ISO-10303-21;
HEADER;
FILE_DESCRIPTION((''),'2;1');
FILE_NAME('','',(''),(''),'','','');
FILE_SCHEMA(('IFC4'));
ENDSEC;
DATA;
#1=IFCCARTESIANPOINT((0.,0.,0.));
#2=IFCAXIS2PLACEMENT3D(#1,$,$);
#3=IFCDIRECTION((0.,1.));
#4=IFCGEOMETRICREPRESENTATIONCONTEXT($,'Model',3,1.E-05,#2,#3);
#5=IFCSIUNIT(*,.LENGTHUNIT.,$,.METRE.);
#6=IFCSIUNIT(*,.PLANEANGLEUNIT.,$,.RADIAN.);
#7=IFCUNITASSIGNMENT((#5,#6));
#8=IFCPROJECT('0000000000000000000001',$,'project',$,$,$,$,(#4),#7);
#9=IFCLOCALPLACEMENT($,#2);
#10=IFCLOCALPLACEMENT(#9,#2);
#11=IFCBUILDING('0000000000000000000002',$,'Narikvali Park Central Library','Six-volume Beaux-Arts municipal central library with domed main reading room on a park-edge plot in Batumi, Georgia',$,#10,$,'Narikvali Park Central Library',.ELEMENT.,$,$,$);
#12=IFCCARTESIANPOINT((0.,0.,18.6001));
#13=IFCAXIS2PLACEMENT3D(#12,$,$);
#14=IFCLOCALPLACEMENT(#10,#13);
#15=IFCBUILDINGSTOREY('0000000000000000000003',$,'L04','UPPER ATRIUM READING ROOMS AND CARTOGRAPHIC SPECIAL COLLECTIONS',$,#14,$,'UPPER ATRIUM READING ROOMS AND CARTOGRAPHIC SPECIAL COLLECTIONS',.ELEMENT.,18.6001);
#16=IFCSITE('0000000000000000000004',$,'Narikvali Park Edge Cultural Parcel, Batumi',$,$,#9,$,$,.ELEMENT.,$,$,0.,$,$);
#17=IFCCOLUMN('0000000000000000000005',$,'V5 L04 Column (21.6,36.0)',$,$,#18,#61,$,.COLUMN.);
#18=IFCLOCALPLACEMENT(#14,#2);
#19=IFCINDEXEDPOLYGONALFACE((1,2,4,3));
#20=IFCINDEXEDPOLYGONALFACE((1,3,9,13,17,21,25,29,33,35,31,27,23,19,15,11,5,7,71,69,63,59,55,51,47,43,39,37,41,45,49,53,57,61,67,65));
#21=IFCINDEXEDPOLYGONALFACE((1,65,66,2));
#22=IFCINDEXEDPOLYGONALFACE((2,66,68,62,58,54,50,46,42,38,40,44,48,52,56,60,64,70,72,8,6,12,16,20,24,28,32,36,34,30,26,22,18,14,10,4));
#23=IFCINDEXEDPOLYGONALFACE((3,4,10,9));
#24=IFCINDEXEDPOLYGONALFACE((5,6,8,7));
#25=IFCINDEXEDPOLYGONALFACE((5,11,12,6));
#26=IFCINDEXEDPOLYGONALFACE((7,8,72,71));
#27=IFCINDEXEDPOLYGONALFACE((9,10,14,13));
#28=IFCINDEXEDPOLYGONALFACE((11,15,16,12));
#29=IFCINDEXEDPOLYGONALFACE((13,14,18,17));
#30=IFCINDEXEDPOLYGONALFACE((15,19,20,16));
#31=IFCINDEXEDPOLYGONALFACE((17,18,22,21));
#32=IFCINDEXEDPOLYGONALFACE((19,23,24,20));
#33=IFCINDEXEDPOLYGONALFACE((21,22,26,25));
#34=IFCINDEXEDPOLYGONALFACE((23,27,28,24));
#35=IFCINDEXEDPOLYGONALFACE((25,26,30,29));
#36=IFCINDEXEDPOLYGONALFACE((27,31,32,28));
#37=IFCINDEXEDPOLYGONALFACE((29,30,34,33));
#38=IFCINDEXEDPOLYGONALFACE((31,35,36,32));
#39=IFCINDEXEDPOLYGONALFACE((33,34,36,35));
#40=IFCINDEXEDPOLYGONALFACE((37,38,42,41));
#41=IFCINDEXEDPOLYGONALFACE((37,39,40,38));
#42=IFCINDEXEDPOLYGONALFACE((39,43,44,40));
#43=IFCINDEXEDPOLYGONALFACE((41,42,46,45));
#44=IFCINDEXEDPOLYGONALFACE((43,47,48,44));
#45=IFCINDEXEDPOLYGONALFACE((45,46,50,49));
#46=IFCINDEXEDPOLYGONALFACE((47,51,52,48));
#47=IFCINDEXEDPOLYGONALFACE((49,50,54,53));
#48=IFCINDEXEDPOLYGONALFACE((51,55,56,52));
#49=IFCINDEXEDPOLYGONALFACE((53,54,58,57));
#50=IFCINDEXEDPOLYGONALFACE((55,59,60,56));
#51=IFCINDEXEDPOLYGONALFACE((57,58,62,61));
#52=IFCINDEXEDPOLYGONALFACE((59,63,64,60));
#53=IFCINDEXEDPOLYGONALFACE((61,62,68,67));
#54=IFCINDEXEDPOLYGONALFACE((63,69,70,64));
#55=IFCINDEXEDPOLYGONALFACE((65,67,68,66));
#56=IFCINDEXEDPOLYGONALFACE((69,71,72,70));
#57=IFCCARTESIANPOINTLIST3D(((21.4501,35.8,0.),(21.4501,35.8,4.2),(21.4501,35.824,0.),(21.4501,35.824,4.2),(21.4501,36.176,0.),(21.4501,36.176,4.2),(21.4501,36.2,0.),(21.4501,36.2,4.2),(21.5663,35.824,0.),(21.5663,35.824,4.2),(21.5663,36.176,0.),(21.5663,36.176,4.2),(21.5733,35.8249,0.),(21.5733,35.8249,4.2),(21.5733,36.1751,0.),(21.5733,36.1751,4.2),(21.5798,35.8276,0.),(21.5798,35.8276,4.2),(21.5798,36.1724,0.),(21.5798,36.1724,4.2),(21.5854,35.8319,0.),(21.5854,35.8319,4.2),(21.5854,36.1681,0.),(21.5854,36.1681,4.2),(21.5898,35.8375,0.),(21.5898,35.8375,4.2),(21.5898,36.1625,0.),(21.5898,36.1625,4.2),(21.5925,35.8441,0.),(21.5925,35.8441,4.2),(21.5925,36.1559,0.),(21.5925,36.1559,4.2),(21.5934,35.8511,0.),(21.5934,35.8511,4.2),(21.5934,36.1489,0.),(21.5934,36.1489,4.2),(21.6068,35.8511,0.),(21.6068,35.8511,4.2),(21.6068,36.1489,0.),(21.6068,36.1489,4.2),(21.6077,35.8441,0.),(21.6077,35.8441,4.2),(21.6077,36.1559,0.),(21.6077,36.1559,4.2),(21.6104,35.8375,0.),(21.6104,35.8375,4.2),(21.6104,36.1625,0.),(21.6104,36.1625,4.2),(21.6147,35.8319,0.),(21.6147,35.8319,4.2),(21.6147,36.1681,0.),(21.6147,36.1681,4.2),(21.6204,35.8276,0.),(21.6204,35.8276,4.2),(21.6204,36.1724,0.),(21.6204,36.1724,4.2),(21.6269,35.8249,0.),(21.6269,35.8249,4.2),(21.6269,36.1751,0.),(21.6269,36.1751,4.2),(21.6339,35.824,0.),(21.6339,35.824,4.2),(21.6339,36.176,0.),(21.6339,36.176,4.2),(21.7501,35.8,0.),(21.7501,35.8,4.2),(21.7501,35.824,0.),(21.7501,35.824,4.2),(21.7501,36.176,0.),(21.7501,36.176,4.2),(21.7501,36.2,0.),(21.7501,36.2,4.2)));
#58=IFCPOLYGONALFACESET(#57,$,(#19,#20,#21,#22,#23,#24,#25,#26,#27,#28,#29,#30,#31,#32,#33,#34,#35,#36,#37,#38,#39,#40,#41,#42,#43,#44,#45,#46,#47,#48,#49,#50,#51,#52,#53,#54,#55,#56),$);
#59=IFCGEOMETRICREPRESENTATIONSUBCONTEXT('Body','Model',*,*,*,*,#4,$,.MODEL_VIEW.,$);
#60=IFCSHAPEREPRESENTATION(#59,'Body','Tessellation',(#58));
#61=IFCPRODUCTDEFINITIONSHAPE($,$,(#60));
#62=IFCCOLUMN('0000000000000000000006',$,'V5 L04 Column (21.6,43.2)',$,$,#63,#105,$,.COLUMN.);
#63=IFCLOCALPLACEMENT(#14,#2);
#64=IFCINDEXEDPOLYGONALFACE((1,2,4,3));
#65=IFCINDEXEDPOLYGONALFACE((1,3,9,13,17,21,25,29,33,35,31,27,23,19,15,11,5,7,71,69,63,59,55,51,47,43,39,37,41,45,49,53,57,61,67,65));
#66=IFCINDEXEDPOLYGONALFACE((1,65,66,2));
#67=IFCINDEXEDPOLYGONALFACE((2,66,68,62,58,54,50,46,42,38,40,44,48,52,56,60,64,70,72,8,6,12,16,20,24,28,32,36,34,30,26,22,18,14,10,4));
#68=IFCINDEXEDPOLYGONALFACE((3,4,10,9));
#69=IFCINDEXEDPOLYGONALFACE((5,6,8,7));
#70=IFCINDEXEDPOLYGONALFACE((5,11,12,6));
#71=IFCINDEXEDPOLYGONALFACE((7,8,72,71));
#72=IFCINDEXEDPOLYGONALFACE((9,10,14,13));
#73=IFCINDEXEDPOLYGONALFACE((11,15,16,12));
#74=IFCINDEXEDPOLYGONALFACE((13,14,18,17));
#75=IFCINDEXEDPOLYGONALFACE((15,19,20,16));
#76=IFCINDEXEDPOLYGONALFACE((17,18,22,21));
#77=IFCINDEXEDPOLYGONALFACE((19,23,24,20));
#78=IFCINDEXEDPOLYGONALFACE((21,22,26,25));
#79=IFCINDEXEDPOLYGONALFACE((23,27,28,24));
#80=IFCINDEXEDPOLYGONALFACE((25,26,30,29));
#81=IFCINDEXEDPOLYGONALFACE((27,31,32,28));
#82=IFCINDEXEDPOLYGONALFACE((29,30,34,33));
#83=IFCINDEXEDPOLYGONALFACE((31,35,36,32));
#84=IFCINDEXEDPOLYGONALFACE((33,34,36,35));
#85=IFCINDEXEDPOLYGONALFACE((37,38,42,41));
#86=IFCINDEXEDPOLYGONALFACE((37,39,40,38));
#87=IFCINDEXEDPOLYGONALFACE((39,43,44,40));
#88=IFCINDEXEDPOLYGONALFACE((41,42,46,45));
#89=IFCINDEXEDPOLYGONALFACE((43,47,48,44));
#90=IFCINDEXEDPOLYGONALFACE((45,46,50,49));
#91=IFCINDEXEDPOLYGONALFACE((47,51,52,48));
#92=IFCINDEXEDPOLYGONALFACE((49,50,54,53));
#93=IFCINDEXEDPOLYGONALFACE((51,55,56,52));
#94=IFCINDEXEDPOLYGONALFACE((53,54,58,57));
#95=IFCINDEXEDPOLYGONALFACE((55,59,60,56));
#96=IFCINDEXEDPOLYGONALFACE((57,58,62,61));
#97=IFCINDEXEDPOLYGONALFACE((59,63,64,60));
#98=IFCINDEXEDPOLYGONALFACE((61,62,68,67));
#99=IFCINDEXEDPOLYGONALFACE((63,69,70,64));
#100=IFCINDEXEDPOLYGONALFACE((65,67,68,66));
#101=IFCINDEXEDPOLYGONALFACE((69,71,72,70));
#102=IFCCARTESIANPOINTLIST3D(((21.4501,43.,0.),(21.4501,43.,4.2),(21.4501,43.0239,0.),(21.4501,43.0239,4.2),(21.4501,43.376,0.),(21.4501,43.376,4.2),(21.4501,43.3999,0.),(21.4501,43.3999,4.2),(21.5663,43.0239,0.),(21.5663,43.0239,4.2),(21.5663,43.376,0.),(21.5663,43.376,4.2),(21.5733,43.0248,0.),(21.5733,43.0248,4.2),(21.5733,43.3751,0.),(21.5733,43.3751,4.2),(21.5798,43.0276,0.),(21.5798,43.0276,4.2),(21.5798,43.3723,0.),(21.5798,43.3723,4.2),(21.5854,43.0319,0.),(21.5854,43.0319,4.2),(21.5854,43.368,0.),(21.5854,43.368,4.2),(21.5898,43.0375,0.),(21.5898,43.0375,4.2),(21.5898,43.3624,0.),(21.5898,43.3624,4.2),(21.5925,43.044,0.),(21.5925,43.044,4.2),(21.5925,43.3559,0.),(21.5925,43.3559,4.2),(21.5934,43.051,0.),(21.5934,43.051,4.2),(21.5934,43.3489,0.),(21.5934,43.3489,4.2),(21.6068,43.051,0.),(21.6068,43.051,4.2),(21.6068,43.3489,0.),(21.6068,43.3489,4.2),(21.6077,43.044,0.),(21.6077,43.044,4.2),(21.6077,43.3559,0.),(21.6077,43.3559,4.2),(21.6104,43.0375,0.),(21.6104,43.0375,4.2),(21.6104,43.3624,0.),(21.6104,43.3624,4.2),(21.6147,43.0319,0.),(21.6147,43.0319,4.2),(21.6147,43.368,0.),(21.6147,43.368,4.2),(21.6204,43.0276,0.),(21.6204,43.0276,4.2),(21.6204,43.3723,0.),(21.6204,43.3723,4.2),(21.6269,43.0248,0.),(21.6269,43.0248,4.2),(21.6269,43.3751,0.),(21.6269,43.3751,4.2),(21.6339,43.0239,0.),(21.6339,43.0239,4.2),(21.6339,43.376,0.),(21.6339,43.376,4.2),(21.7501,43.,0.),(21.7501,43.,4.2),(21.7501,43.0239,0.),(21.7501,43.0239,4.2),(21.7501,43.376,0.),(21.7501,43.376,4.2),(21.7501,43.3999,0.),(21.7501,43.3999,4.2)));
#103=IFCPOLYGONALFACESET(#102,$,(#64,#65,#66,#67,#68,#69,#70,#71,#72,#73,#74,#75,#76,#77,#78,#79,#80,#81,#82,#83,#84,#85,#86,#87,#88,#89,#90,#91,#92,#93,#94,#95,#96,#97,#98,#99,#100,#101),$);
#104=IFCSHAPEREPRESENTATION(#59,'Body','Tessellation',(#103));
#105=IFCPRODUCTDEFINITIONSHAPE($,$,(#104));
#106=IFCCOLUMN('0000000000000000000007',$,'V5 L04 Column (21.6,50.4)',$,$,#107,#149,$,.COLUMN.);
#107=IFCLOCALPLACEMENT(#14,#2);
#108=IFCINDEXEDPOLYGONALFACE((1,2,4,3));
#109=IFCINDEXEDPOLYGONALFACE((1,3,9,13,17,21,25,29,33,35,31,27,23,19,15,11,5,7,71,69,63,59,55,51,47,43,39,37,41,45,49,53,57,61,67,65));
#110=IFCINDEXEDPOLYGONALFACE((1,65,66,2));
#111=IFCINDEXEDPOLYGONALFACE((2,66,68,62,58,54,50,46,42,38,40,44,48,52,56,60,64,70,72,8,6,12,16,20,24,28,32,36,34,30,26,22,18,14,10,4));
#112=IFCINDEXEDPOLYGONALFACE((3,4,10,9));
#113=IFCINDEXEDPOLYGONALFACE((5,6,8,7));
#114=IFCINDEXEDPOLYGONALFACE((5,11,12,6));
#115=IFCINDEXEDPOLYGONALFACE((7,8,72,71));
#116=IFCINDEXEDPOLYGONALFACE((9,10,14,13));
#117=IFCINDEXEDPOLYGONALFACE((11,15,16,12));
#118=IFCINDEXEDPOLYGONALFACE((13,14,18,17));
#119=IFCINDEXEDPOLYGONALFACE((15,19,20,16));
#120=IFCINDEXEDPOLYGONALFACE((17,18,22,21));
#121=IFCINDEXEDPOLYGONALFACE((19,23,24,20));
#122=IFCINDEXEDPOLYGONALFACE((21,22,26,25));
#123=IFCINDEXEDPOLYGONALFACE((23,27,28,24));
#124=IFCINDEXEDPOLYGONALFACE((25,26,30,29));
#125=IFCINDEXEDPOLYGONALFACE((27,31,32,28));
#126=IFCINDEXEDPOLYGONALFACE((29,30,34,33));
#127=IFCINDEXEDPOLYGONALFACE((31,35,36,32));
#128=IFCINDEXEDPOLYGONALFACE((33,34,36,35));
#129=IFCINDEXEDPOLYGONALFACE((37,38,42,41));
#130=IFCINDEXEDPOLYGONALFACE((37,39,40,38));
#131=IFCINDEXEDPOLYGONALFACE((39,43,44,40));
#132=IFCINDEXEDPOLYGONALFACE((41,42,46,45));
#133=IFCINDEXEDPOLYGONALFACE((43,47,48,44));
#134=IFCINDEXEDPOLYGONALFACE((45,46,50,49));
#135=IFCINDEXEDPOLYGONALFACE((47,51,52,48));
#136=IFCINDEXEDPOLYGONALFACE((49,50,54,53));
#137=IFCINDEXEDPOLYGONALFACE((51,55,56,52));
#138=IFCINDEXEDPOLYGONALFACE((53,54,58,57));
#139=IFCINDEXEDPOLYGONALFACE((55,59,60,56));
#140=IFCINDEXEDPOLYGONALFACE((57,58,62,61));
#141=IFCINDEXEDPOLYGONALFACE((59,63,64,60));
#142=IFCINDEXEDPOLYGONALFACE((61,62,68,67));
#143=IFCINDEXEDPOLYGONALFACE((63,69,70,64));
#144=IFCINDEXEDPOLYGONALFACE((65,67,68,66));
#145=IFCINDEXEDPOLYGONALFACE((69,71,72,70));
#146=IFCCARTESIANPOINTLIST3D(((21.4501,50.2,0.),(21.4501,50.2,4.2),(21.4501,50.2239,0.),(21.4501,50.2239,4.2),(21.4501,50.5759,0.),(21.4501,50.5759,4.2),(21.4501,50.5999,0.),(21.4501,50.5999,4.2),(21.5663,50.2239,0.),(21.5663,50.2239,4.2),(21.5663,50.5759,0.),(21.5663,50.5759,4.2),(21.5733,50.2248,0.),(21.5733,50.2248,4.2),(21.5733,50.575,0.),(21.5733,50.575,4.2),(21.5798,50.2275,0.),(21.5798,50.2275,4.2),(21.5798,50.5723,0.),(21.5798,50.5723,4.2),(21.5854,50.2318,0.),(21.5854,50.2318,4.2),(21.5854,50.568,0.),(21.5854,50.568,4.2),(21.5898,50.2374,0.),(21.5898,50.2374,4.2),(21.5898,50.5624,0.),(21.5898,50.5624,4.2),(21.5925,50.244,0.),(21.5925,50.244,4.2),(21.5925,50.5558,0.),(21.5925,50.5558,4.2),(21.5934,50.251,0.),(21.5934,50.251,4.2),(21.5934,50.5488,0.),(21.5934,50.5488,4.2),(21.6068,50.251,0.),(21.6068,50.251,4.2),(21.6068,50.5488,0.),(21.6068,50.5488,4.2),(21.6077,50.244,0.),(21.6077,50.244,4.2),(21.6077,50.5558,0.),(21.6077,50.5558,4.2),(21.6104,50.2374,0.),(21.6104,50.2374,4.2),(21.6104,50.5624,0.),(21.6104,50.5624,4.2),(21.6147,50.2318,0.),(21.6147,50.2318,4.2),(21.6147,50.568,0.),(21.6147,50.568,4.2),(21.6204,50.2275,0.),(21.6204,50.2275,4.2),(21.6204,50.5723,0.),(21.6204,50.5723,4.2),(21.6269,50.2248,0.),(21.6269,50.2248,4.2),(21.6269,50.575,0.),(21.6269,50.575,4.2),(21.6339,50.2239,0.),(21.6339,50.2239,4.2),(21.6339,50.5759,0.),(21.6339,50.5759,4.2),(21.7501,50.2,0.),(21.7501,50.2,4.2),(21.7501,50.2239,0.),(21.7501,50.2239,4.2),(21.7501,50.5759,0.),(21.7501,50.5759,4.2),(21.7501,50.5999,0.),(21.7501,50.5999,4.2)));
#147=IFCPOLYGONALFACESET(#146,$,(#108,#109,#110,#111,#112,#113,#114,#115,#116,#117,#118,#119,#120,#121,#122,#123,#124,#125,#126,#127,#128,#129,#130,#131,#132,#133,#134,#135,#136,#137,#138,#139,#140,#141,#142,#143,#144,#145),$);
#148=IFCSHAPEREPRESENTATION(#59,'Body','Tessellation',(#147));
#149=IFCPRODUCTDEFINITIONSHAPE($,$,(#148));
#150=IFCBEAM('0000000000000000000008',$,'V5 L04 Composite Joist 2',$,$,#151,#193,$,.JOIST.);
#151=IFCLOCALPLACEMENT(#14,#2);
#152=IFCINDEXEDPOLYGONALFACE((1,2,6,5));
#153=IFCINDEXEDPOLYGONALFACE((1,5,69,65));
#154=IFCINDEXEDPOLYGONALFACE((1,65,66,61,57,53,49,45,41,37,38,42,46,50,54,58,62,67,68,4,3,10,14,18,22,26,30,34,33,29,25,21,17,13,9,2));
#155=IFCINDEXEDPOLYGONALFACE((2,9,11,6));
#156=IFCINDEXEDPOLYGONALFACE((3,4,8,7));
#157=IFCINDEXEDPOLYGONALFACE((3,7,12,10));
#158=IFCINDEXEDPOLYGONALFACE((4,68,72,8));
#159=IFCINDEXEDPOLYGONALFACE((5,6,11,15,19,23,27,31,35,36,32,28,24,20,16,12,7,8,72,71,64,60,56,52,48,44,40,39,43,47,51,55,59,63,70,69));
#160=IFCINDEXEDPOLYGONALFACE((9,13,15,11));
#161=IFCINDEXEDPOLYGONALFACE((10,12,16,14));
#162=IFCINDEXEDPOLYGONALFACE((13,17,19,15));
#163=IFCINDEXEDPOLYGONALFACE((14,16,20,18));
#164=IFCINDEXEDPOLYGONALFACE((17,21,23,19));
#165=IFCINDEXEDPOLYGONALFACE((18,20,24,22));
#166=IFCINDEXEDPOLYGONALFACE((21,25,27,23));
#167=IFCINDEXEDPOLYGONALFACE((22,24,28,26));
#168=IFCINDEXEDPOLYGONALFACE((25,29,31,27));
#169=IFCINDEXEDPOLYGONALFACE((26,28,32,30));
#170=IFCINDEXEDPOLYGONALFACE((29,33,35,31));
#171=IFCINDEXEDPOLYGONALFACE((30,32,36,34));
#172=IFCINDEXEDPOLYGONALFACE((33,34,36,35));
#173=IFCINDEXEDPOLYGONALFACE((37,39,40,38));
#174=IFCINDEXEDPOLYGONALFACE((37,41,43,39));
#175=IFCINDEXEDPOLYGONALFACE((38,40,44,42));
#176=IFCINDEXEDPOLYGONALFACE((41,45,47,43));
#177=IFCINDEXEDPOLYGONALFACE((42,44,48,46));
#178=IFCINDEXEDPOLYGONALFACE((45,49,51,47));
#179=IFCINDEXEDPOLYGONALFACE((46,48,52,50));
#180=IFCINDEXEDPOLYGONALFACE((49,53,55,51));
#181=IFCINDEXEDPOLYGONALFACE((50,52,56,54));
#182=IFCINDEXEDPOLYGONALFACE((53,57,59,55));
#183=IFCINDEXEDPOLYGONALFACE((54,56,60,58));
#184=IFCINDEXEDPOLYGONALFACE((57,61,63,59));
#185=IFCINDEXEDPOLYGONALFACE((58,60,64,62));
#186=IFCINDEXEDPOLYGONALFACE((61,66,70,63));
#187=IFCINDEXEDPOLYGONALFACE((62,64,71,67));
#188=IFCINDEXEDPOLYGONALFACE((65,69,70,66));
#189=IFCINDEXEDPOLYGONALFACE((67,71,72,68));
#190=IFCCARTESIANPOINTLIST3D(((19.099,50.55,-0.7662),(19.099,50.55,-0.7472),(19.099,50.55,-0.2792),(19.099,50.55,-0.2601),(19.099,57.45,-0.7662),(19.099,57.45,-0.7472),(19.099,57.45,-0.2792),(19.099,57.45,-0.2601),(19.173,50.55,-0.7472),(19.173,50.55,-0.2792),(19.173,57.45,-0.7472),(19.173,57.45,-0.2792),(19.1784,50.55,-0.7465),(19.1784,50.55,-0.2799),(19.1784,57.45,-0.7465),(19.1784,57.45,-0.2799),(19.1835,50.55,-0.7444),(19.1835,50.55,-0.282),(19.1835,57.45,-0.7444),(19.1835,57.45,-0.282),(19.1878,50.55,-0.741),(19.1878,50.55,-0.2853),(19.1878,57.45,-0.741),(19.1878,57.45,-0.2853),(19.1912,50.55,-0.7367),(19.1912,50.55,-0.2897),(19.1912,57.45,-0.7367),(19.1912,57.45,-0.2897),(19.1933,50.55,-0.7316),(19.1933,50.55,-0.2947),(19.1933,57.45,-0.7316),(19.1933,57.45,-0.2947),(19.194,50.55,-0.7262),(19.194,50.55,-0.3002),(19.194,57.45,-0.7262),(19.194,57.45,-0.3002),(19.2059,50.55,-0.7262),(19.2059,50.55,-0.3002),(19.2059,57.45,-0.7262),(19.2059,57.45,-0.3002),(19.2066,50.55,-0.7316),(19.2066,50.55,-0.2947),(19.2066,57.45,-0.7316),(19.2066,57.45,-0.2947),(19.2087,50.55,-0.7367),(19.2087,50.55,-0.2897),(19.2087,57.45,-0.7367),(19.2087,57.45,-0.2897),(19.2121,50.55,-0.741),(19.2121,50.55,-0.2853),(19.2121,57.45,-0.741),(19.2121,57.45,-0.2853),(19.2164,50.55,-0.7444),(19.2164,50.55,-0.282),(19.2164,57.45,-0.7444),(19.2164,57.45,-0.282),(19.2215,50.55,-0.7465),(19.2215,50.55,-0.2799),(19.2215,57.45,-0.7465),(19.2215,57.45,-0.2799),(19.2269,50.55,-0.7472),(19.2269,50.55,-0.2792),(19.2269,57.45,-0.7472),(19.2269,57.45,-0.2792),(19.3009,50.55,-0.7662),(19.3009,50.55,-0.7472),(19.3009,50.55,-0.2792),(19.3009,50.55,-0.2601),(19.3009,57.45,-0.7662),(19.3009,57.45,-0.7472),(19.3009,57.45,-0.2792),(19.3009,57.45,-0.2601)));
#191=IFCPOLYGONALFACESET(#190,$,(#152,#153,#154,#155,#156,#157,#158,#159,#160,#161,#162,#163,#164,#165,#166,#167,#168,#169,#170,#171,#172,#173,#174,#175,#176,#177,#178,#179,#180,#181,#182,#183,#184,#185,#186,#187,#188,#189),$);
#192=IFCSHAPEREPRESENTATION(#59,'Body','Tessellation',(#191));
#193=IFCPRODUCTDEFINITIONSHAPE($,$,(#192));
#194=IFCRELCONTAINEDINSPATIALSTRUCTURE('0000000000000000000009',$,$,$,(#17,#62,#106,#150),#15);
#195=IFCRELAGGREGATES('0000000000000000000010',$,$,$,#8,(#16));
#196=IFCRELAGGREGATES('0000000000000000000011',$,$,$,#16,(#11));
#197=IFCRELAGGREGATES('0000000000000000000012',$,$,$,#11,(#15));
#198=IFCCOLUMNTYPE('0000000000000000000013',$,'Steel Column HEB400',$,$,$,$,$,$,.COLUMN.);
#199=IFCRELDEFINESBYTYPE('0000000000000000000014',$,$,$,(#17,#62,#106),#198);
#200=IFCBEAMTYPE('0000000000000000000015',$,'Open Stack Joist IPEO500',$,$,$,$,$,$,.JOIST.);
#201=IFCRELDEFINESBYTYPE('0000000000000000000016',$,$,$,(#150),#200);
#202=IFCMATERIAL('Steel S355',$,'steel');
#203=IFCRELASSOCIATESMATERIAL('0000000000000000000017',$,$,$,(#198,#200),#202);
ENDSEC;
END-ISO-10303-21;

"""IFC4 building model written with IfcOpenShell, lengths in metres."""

from ifc_helpers import new_model, si_unit, direction, frame, origin, origin_2d, place, context, subcontext, project, spatial, i_section, extrude, material, material_profile, profile_set, type_object, element, save


model = new_model("IFC4")

# Units and contexts
model_context = context("Model", 3, precision=1e-05, world=origin(), true_north=direction((0.0, 1.0)))
body_context = subcontext(model_context, "Body", "Model", "MODEL_VIEW")
ifc_project = project(units=[si_unit("LENGTHUNIT", "METRE"), si_unit("PLANEANGLEUNIT", "RADIAN")], contexts=[model_context])

# Site, building, storey
site_placement = place(None, origin())
site = spatial("IfcSite", under=ifc_project, at=site_placement, Name="Narikvali Park Edge Cultural Parcel, Batumi", CompositionType="ELEMENT", RefElevation=0.0)
building_placement = place(site_placement, origin())
building = spatial("IfcBuilding", under=site, at=building_placement, Name="Narikvali Park Central Library", Description="Six-volume Beaux-Arts municipal central library with domed main reading room on a park-edge plot in Batumi, Georgia", LongName="Narikvali Park Central Library", CompositionType="ELEMENT")
storey_placement = place(building_placement, frame((0.0, 0.0, 18.6001)))
storey = spatial("IfcBuildingStorey", under=building, at=storey_placement, Name="L04", Description="UPPER ATRIUM READING ROOMS AND CARTOGRAPHIC SPECIAL COLLECTIONS", LongName="UPPER ATRIUM READING ROOMS AND CARTOGRAPHIC SPECIAL COLLECTIONS", CompositionType="ELEMENT", Elevation=18.6001)

# Columns
ifc_material_1 = material(Name="Steel S355", Category="steel")
ifc_material_profile_1 = material_profile(ifc_material_1, i_section(OverallWidth=0.3, OverallDepth=0.3999, WebThickness=0.0134, FlangeThickness=0.0239, FilletRadius=0.0271, at=origin_2d()), Name="HEB 400")
ifc_profile_set_1 = profile_set([ifc_material_profile_1], Name="Steel S355")
column_type = type_object("IfcColumnType", Name="Steel Column HEB400", PredefinedType="COLUMN", material=ifc_profile_set_1)
for number, where, z_axis, x_axis, name in (
    (1, (21.6001, 36.0, 0.0), (0.0, 0.0, 1.0), (1.0, 0.0, 0.0), "V5 L04 Column (21.6,36.0)"),
    (2, (21.6001, 43.2, 0.0), (0.0, 0.0, 1.0), (1.0, 0.0, 0.0), "V5 L04 Column (21.6,43.2)"),
    (3, (21.6001, 50.3999, 0.0), (0.0, 0.0, 1.0), (1.0, 0.0, 0.0), "V5 L04 Column (21.6,50.4)"),
):
    element("IfcColumn", number, at=place(storey_placement, frame(where, z_axis=z_axis, x_axis=x_axis)), inside=storey, type_object=column_type, Name=name, PredefinedType="COLUMN", context=body_context, shape_type="SweptSolid", body=[
        extrude(i_section(OverallWidth=0.3, OverallDepth=0.3999, WebThickness=0.0134, FlangeThickness=0.0239, FilletRadius=0.0271, at=origin_2d()), origin(), (0.0, 0.0, 1.0), 4.2),
    ])

# Beam
ifc_material_profile_2 = material_profile(ifc_material_1, i_section(OverallWidth=0.2019, OverallDepth=0.5061, WebThickness=0.012, FlangeThickness=0.019, FilletRadius=0.021, at=origin_2d()), Name="IPEO 500")
ifc_profile_set_2 = profile_set([ifc_material_profile_2], Name="Steel S355")
beam_type_1 = type_object("IfcBeamType", Name="Open Stack Joist IPEO500", PredefinedType="JOIST", material=ifc_profile_set_2)
beam_1_placement = place(storey_placement, frame((19.2, 50.55, -0.5132), z_axis=(0.0, 1.0, 0.0), x_axis=(-1.0, 0.0, 0.0)))
element("IfcBeam", 4, at=beam_1_placement, inside=storey, type_object=beam_type_1, Name="V5 L04 Composite Joist 2", PredefinedType="JOIST", context=body_context, shape_type="SweptSolid", body=[
    extrude(i_section(OverallWidth=0.2019, OverallDepth=0.5061, WebThickness=0.012, FlangeThickness=0.019, FilletRadius=0.021, at=origin_2d()), origin(), (0.0, 0.0, 1.0), 6.8999),
])

save(model, "model.ifc")
